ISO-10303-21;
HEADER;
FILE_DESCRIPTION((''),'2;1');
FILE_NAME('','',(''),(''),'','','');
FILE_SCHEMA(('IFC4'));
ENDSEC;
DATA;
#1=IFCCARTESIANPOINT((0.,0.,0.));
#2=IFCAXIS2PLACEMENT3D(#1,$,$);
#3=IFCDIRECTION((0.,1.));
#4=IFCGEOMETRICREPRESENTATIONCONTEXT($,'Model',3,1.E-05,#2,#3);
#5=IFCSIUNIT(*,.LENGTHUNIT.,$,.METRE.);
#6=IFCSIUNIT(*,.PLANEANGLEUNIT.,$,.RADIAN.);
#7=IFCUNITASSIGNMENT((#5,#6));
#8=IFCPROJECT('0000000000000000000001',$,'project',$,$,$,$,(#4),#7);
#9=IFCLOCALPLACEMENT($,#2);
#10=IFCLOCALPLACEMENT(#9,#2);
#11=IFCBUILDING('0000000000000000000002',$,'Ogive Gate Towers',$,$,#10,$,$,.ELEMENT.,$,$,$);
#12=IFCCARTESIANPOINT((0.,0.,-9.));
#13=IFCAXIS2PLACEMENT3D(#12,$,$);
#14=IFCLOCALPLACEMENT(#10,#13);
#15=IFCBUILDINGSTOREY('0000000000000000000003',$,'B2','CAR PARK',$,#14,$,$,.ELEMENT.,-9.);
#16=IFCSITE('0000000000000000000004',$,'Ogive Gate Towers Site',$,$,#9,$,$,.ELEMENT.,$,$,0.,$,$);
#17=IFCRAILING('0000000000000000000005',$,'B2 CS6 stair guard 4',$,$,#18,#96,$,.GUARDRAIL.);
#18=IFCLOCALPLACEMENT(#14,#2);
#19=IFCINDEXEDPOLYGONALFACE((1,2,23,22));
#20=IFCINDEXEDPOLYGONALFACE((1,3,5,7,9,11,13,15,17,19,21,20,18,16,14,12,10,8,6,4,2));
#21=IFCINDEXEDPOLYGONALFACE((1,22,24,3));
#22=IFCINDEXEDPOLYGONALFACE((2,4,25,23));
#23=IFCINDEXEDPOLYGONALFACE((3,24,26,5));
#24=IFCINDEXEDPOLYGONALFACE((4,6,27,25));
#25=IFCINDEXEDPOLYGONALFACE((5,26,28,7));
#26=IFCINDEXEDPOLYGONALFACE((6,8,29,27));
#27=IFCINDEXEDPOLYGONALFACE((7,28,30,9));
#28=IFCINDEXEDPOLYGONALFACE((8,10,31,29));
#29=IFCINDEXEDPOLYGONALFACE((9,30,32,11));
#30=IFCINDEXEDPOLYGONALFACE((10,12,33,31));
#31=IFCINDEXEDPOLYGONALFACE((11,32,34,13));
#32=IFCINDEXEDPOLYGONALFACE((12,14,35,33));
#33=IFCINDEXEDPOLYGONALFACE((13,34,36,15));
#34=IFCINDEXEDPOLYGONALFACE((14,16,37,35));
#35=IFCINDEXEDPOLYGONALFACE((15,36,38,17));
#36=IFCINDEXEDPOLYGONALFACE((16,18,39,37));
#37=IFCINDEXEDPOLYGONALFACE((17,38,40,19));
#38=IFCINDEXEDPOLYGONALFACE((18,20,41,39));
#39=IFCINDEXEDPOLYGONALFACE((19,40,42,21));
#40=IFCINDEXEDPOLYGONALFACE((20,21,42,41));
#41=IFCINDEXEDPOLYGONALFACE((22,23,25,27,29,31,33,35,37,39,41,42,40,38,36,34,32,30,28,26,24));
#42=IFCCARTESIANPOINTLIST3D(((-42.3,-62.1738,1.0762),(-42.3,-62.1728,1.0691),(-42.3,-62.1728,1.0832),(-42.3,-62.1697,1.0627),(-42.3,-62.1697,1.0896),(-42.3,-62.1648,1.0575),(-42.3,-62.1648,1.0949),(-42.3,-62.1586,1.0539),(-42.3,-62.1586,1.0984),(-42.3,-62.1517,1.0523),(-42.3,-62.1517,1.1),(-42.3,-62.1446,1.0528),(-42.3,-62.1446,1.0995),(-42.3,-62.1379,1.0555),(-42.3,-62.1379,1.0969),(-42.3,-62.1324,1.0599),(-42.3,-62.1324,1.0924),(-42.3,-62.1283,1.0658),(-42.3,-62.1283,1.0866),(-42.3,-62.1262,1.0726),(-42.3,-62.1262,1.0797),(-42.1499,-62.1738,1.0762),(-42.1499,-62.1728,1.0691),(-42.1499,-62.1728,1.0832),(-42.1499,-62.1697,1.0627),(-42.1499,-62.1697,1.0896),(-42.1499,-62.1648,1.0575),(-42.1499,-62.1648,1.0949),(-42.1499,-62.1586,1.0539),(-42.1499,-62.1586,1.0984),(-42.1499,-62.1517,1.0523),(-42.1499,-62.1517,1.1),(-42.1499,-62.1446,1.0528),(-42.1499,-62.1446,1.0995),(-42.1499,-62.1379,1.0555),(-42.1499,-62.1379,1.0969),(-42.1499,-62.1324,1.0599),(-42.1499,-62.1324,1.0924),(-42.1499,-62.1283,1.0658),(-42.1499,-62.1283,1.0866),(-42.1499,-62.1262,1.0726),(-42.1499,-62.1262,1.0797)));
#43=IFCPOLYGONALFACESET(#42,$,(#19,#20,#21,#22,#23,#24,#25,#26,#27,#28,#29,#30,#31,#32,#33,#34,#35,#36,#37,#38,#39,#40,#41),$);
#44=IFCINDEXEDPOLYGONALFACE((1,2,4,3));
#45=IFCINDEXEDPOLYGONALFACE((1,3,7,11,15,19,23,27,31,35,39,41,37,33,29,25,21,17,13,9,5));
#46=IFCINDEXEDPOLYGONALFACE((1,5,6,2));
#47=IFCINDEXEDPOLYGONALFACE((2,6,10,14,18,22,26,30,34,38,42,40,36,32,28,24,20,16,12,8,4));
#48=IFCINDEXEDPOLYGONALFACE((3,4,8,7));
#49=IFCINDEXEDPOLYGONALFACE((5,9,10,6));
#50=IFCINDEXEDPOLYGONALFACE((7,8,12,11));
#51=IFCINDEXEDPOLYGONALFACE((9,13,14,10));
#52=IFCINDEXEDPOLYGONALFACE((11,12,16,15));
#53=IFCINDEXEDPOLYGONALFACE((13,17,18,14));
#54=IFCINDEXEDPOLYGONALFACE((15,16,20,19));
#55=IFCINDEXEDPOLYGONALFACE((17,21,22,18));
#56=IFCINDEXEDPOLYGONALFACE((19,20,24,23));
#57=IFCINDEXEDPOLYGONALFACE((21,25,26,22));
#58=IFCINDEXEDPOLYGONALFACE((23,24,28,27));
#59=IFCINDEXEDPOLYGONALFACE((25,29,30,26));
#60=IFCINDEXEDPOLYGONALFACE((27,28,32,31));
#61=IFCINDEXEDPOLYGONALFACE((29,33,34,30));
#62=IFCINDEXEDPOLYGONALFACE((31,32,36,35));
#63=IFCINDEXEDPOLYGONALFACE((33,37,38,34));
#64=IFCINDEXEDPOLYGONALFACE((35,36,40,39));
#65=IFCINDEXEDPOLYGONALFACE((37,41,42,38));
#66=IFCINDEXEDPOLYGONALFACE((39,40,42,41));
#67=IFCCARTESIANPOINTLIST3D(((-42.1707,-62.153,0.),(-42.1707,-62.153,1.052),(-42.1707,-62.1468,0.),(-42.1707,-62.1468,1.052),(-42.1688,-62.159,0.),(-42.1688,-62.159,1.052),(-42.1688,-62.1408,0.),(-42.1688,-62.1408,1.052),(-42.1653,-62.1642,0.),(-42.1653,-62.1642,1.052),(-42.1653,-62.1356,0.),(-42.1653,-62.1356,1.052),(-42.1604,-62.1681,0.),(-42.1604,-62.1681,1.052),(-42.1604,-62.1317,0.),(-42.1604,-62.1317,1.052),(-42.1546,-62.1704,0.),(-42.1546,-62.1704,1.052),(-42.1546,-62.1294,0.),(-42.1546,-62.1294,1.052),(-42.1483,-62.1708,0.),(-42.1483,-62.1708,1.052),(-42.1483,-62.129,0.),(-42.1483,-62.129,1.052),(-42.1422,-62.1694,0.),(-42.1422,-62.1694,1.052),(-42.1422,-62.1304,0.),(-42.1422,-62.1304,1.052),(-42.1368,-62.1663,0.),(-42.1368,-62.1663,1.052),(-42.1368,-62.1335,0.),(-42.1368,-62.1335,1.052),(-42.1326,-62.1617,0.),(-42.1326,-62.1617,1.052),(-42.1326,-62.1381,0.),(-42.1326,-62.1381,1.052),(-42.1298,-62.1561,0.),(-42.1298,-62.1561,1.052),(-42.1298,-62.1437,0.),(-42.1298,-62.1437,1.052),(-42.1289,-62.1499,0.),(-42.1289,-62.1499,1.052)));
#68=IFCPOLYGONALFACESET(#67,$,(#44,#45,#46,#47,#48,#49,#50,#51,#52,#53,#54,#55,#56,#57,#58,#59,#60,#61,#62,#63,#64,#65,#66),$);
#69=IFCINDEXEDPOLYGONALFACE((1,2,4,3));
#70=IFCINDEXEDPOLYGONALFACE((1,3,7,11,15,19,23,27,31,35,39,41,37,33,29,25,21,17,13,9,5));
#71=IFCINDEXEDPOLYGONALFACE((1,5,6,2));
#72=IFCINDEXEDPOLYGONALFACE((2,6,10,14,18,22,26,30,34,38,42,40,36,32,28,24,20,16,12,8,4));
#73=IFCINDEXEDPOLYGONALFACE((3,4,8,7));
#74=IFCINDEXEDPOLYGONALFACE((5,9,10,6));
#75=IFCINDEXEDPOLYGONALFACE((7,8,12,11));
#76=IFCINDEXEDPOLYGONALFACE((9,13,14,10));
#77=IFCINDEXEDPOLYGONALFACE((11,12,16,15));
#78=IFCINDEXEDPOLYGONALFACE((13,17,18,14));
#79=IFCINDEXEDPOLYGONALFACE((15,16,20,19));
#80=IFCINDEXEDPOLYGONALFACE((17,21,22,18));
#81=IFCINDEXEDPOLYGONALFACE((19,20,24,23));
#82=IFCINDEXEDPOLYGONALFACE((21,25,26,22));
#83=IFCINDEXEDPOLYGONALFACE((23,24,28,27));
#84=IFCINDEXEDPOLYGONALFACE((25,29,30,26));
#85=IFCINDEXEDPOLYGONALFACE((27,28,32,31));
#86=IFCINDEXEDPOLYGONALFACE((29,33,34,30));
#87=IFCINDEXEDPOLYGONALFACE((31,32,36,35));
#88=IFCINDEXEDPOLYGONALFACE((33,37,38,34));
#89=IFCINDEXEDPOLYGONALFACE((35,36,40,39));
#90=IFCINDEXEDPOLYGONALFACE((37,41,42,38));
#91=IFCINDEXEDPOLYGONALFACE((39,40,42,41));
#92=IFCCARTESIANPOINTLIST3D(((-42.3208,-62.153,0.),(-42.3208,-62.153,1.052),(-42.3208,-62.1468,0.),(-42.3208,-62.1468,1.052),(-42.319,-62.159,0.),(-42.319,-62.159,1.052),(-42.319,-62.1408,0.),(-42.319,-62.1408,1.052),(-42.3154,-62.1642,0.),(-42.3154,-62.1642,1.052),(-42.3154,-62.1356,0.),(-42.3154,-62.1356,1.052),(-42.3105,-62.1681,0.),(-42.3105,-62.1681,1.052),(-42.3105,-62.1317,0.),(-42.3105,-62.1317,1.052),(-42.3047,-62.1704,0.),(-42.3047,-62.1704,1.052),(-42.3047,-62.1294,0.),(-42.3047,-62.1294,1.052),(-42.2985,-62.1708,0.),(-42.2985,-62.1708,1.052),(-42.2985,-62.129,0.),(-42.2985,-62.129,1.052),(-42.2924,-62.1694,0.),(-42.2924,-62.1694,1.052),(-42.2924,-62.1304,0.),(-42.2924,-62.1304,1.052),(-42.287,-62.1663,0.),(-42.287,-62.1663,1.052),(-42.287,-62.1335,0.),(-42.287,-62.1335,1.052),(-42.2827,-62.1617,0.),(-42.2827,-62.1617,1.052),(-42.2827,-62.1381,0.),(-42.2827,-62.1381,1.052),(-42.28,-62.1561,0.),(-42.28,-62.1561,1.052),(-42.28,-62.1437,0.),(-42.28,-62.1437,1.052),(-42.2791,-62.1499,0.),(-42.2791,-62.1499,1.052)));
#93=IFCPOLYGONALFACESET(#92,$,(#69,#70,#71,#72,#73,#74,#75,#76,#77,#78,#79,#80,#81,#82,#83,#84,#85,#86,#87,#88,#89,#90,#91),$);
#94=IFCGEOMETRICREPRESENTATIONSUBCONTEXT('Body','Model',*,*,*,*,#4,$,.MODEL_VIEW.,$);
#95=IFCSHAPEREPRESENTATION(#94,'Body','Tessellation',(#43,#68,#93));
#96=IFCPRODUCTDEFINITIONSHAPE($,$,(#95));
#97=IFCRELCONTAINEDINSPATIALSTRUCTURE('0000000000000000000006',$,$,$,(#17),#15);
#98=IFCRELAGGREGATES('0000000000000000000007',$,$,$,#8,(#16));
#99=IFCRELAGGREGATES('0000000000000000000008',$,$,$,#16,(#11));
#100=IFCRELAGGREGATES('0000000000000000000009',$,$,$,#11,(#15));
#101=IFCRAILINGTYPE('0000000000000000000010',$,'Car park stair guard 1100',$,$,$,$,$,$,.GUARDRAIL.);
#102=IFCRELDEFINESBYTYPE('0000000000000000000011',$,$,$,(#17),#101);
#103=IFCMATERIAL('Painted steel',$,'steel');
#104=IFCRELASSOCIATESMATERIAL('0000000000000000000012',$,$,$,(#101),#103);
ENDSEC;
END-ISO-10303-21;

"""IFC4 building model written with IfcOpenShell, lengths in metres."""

from ifc_helpers import new_model, si_unit, direction, frame, origin, origin_2d, place, context, subcontext, project, spatial, circle, extrude, material, type_object, element, save


model = new_model("IFC4")

# Units and contexts
model_context = context("Model", 3, precision=1e-05, world=origin(), true_north=direction((0.0, 1.0)))
body_context = subcontext(model_context, "Body", "Model", "MODEL_VIEW")
ifc_project = project(units=[si_unit("LENGTHUNIT", "METRE"), si_unit("PLANEANGLEUNIT", "RADIAN")], contexts=[model_context])

# Site, building, storey
site_placement = place(None, origin())
site = spatial("IfcSite", under=ifc_project, at=site_placement, Name="Ogive Gate Towers Site", CompositionType="ELEMENT", RefElevation=0.0)
building_placement = place(site_placement, origin())
building = spatial("IfcBuilding", under=site, at=building_placement, Name="Ogive Gate Towers", CompositionType="ELEMENT")
storey_placement = place(building_placement, frame((0.0, 0.0, -9.0)))
storey = spatial("IfcBuildingStorey", under=building, at=storey_placement, Name="B2", Description="CAR PARK", CompositionType="ELEMENT", Elevation=-9.0)

# Railing
ifc_material_1 = material(Name="Painted steel", Category="steel")
railing_type_1 = type_object("IfcRailingType", Name="Car park stair guard 1100", PredefinedType="GUARDRAIL", material=ifc_material_1)
railing_1_placement = place(storey_placement, frame((-42.1499, -62.1499, 0.0)))
element("IfcRailing", 1, at=railing_1_placement, inside=storey, type_object=railing_type_1, Name="B2 CS6 stair guard 4", PredefinedType="GUARDRAIL", context=body_context, shape_type="SweptSolid", body=[
    extrude(circle(Radius=0.0239, at=origin_2d()), frame((0.0, 0.0, 1.0762), z_axis=(-1.0, 0.0, 0.0), x_axis=(0.0, -1.0, 0.0)), (0.0, 0.0, 1.0), 0.1501),
    extrude(circle(Radius=0.021, at=origin_2d()), origin(), (0.0, 0.0, 1.0), 1.052),
    extrude(circle(Radius=0.021, at=origin_2d()), frame((-0.1501, 0.0, 0.0)), (0.0, 0.0, 1.0), 1.052),
])

save(model, "model.ifc")
